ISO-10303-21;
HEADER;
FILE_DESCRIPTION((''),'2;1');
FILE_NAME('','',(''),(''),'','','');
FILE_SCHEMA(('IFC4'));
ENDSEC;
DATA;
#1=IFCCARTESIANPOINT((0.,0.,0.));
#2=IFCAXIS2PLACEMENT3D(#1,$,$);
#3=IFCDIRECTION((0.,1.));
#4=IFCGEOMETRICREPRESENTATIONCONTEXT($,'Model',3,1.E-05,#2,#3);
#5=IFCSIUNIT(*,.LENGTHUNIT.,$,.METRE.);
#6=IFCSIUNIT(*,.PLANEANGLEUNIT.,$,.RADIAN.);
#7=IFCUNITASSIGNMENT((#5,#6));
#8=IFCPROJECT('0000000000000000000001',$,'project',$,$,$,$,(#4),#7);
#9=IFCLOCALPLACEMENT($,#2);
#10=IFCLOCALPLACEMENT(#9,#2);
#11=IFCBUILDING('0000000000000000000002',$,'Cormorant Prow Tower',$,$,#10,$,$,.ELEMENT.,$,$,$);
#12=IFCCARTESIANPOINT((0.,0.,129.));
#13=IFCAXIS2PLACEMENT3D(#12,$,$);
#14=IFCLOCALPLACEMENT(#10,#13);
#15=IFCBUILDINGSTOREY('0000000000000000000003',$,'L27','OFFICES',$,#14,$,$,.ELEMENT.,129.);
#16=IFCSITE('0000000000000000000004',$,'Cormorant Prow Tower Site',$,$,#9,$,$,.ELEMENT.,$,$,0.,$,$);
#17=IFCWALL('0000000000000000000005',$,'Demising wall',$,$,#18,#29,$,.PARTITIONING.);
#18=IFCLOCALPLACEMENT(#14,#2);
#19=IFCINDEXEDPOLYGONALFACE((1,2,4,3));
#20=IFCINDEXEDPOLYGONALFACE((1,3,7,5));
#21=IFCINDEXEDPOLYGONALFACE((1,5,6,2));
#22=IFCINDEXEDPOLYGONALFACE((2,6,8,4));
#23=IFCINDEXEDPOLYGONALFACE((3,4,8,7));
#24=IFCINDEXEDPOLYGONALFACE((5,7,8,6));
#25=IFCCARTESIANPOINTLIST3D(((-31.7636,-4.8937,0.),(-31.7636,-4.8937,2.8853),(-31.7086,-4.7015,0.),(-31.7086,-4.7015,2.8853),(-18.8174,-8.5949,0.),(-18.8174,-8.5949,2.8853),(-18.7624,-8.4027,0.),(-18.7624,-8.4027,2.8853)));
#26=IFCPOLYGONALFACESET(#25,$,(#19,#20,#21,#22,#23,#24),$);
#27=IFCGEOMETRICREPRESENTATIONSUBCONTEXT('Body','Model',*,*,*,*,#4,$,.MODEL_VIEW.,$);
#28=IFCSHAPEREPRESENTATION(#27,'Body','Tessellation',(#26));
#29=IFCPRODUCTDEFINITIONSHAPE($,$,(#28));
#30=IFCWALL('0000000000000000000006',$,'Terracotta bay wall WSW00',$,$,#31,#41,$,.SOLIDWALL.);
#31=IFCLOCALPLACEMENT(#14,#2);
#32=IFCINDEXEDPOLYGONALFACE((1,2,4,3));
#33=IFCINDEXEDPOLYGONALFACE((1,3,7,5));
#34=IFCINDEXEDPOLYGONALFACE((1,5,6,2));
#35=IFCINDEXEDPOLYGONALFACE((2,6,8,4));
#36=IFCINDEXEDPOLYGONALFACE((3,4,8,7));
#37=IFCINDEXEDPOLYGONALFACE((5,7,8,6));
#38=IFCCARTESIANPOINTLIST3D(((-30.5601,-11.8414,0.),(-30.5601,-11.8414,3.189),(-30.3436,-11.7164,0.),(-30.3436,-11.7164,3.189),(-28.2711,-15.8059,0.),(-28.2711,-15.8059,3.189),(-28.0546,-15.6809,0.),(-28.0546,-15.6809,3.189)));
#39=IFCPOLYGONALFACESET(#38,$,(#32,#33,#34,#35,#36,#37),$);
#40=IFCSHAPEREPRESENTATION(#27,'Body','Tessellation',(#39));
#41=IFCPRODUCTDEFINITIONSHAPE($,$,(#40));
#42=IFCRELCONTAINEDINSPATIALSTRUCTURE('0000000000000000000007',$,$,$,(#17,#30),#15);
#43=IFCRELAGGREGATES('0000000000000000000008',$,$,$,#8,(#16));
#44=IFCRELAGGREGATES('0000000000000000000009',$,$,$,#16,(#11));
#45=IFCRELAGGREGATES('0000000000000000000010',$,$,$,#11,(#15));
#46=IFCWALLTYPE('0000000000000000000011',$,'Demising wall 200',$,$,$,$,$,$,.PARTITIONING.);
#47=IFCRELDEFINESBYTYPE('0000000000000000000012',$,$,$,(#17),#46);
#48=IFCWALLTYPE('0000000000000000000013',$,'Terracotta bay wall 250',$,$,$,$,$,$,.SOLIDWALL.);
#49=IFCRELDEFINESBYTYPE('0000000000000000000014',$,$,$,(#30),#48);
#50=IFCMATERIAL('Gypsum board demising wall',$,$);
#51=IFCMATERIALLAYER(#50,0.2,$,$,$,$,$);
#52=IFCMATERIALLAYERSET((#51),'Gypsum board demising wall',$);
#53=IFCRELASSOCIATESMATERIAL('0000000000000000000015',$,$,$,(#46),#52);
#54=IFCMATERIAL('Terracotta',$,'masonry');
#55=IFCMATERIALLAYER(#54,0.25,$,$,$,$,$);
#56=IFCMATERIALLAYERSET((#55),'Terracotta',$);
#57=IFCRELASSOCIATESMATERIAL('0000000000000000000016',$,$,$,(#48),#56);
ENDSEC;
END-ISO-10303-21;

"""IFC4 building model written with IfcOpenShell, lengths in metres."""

from ifc_helpers import new_model, si_unit, direction, frame, frame_2d, origin, place, context, subcontext, project, spatial, rectangle, extrude, material, layer, layer_set, type_object, element, save


model = new_model("IFC4")

# Units and contexts
model_context = context("Model", 3, precision=1e-05, world=origin(), true_north=direction((0.0, 1.0)))
body_context = subcontext(model_context, "Body", "Model", "MODEL_VIEW")
ifc_project = project(units=[si_unit("LENGTHUNIT", "METRE"), si_unit("PLANEANGLEUNIT", "RADIAN")], contexts=[model_context])

# Site, building, storey
site_placement = place(None, origin())
site = spatial("IfcSite", under=ifc_project, at=site_placement, Name="Cormorant Prow Tower Site", CompositionType="ELEMENT", RefElevation=0.0)
building_placement = place(site_placement, origin())
building = spatial("IfcBuilding", under=site, at=building_placement, Name="Cormorant Prow Tower", CompositionType="ELEMENT")
storey_placement = place(building_placement, frame((0.0, 0.0, 129.0)))
storey = spatial("IfcBuildingStorey", under=building, at=storey_placement, Name="L27", Description="OFFICES", CompositionType="ELEMENT", Elevation=129.0)

# Walls
ifc_material_1 = material(Name="Gypsum board demising wall")
ifc_layer_1 = layer(ifc_material_1, 0.2)
ifc_layer_set_1 = layer_set([ifc_layer_1], Name="Gypsum board demising wall")
wall_type_1 = type_object("IfcWallType", Name="Demising wall 200", PredefinedType="PARTITIONING", material=ifc_layer_set_1)
wall_1_placement = place(storey_placement, frame((-31.7361, -4.7976, 0.0), z_axis=(0.0, 0.0, 1.0), x_axis=(0.961479, -0.274879, 0.0)))
element("IfcWall", 1, at=wall_1_placement, inside=storey, type_object=wall_type_1, Name="Demising wall", PredefinedType="PARTITIONING", context=body_context, shape_type="SweptSolid", body=[
    extrude(rectangle(XDim=13.4648, YDim=0.2, at=frame_2d((6.7324, 0.0))), origin(), (0.0, 0.0, 1.0), 2.8853),
])
ifc_material_2 = material(Name="Terracotta", Category="masonry")
ifc_layer_2 = layer(ifc_material_2, 0.25)
ifc_layer_set_2 = layer_set([ifc_layer_2], Name="Terracotta")
wall_type_2 = type_object("IfcWallType", Name="Terracotta bay wall 250", PredefinedType="SOLIDWALL", material=ifc_layer_set_2)
wall_2_placement = place(storey_placement, frame((-30.4519, -11.7788, 0.0), z_axis=(0.0, 0.0, 1.0), x_axis=(0.500016, -0.866016, 0.0)))
element("IfcWall", 2, at=wall_2_placement, inside=storey, type_object=wall_type_2, Name="Terracotta bay wall WSW00", PredefinedType="SOLIDWALL", context=body_context, shape_type="SweptSolid", body=[
    extrude(rectangle(XDim=4.5779, YDim=0.25, at=frame_2d((2.2891, 0.0))), origin(), (0.0, 0.0, 1.0), 3.189),
])

save(model, "model.ifc")
